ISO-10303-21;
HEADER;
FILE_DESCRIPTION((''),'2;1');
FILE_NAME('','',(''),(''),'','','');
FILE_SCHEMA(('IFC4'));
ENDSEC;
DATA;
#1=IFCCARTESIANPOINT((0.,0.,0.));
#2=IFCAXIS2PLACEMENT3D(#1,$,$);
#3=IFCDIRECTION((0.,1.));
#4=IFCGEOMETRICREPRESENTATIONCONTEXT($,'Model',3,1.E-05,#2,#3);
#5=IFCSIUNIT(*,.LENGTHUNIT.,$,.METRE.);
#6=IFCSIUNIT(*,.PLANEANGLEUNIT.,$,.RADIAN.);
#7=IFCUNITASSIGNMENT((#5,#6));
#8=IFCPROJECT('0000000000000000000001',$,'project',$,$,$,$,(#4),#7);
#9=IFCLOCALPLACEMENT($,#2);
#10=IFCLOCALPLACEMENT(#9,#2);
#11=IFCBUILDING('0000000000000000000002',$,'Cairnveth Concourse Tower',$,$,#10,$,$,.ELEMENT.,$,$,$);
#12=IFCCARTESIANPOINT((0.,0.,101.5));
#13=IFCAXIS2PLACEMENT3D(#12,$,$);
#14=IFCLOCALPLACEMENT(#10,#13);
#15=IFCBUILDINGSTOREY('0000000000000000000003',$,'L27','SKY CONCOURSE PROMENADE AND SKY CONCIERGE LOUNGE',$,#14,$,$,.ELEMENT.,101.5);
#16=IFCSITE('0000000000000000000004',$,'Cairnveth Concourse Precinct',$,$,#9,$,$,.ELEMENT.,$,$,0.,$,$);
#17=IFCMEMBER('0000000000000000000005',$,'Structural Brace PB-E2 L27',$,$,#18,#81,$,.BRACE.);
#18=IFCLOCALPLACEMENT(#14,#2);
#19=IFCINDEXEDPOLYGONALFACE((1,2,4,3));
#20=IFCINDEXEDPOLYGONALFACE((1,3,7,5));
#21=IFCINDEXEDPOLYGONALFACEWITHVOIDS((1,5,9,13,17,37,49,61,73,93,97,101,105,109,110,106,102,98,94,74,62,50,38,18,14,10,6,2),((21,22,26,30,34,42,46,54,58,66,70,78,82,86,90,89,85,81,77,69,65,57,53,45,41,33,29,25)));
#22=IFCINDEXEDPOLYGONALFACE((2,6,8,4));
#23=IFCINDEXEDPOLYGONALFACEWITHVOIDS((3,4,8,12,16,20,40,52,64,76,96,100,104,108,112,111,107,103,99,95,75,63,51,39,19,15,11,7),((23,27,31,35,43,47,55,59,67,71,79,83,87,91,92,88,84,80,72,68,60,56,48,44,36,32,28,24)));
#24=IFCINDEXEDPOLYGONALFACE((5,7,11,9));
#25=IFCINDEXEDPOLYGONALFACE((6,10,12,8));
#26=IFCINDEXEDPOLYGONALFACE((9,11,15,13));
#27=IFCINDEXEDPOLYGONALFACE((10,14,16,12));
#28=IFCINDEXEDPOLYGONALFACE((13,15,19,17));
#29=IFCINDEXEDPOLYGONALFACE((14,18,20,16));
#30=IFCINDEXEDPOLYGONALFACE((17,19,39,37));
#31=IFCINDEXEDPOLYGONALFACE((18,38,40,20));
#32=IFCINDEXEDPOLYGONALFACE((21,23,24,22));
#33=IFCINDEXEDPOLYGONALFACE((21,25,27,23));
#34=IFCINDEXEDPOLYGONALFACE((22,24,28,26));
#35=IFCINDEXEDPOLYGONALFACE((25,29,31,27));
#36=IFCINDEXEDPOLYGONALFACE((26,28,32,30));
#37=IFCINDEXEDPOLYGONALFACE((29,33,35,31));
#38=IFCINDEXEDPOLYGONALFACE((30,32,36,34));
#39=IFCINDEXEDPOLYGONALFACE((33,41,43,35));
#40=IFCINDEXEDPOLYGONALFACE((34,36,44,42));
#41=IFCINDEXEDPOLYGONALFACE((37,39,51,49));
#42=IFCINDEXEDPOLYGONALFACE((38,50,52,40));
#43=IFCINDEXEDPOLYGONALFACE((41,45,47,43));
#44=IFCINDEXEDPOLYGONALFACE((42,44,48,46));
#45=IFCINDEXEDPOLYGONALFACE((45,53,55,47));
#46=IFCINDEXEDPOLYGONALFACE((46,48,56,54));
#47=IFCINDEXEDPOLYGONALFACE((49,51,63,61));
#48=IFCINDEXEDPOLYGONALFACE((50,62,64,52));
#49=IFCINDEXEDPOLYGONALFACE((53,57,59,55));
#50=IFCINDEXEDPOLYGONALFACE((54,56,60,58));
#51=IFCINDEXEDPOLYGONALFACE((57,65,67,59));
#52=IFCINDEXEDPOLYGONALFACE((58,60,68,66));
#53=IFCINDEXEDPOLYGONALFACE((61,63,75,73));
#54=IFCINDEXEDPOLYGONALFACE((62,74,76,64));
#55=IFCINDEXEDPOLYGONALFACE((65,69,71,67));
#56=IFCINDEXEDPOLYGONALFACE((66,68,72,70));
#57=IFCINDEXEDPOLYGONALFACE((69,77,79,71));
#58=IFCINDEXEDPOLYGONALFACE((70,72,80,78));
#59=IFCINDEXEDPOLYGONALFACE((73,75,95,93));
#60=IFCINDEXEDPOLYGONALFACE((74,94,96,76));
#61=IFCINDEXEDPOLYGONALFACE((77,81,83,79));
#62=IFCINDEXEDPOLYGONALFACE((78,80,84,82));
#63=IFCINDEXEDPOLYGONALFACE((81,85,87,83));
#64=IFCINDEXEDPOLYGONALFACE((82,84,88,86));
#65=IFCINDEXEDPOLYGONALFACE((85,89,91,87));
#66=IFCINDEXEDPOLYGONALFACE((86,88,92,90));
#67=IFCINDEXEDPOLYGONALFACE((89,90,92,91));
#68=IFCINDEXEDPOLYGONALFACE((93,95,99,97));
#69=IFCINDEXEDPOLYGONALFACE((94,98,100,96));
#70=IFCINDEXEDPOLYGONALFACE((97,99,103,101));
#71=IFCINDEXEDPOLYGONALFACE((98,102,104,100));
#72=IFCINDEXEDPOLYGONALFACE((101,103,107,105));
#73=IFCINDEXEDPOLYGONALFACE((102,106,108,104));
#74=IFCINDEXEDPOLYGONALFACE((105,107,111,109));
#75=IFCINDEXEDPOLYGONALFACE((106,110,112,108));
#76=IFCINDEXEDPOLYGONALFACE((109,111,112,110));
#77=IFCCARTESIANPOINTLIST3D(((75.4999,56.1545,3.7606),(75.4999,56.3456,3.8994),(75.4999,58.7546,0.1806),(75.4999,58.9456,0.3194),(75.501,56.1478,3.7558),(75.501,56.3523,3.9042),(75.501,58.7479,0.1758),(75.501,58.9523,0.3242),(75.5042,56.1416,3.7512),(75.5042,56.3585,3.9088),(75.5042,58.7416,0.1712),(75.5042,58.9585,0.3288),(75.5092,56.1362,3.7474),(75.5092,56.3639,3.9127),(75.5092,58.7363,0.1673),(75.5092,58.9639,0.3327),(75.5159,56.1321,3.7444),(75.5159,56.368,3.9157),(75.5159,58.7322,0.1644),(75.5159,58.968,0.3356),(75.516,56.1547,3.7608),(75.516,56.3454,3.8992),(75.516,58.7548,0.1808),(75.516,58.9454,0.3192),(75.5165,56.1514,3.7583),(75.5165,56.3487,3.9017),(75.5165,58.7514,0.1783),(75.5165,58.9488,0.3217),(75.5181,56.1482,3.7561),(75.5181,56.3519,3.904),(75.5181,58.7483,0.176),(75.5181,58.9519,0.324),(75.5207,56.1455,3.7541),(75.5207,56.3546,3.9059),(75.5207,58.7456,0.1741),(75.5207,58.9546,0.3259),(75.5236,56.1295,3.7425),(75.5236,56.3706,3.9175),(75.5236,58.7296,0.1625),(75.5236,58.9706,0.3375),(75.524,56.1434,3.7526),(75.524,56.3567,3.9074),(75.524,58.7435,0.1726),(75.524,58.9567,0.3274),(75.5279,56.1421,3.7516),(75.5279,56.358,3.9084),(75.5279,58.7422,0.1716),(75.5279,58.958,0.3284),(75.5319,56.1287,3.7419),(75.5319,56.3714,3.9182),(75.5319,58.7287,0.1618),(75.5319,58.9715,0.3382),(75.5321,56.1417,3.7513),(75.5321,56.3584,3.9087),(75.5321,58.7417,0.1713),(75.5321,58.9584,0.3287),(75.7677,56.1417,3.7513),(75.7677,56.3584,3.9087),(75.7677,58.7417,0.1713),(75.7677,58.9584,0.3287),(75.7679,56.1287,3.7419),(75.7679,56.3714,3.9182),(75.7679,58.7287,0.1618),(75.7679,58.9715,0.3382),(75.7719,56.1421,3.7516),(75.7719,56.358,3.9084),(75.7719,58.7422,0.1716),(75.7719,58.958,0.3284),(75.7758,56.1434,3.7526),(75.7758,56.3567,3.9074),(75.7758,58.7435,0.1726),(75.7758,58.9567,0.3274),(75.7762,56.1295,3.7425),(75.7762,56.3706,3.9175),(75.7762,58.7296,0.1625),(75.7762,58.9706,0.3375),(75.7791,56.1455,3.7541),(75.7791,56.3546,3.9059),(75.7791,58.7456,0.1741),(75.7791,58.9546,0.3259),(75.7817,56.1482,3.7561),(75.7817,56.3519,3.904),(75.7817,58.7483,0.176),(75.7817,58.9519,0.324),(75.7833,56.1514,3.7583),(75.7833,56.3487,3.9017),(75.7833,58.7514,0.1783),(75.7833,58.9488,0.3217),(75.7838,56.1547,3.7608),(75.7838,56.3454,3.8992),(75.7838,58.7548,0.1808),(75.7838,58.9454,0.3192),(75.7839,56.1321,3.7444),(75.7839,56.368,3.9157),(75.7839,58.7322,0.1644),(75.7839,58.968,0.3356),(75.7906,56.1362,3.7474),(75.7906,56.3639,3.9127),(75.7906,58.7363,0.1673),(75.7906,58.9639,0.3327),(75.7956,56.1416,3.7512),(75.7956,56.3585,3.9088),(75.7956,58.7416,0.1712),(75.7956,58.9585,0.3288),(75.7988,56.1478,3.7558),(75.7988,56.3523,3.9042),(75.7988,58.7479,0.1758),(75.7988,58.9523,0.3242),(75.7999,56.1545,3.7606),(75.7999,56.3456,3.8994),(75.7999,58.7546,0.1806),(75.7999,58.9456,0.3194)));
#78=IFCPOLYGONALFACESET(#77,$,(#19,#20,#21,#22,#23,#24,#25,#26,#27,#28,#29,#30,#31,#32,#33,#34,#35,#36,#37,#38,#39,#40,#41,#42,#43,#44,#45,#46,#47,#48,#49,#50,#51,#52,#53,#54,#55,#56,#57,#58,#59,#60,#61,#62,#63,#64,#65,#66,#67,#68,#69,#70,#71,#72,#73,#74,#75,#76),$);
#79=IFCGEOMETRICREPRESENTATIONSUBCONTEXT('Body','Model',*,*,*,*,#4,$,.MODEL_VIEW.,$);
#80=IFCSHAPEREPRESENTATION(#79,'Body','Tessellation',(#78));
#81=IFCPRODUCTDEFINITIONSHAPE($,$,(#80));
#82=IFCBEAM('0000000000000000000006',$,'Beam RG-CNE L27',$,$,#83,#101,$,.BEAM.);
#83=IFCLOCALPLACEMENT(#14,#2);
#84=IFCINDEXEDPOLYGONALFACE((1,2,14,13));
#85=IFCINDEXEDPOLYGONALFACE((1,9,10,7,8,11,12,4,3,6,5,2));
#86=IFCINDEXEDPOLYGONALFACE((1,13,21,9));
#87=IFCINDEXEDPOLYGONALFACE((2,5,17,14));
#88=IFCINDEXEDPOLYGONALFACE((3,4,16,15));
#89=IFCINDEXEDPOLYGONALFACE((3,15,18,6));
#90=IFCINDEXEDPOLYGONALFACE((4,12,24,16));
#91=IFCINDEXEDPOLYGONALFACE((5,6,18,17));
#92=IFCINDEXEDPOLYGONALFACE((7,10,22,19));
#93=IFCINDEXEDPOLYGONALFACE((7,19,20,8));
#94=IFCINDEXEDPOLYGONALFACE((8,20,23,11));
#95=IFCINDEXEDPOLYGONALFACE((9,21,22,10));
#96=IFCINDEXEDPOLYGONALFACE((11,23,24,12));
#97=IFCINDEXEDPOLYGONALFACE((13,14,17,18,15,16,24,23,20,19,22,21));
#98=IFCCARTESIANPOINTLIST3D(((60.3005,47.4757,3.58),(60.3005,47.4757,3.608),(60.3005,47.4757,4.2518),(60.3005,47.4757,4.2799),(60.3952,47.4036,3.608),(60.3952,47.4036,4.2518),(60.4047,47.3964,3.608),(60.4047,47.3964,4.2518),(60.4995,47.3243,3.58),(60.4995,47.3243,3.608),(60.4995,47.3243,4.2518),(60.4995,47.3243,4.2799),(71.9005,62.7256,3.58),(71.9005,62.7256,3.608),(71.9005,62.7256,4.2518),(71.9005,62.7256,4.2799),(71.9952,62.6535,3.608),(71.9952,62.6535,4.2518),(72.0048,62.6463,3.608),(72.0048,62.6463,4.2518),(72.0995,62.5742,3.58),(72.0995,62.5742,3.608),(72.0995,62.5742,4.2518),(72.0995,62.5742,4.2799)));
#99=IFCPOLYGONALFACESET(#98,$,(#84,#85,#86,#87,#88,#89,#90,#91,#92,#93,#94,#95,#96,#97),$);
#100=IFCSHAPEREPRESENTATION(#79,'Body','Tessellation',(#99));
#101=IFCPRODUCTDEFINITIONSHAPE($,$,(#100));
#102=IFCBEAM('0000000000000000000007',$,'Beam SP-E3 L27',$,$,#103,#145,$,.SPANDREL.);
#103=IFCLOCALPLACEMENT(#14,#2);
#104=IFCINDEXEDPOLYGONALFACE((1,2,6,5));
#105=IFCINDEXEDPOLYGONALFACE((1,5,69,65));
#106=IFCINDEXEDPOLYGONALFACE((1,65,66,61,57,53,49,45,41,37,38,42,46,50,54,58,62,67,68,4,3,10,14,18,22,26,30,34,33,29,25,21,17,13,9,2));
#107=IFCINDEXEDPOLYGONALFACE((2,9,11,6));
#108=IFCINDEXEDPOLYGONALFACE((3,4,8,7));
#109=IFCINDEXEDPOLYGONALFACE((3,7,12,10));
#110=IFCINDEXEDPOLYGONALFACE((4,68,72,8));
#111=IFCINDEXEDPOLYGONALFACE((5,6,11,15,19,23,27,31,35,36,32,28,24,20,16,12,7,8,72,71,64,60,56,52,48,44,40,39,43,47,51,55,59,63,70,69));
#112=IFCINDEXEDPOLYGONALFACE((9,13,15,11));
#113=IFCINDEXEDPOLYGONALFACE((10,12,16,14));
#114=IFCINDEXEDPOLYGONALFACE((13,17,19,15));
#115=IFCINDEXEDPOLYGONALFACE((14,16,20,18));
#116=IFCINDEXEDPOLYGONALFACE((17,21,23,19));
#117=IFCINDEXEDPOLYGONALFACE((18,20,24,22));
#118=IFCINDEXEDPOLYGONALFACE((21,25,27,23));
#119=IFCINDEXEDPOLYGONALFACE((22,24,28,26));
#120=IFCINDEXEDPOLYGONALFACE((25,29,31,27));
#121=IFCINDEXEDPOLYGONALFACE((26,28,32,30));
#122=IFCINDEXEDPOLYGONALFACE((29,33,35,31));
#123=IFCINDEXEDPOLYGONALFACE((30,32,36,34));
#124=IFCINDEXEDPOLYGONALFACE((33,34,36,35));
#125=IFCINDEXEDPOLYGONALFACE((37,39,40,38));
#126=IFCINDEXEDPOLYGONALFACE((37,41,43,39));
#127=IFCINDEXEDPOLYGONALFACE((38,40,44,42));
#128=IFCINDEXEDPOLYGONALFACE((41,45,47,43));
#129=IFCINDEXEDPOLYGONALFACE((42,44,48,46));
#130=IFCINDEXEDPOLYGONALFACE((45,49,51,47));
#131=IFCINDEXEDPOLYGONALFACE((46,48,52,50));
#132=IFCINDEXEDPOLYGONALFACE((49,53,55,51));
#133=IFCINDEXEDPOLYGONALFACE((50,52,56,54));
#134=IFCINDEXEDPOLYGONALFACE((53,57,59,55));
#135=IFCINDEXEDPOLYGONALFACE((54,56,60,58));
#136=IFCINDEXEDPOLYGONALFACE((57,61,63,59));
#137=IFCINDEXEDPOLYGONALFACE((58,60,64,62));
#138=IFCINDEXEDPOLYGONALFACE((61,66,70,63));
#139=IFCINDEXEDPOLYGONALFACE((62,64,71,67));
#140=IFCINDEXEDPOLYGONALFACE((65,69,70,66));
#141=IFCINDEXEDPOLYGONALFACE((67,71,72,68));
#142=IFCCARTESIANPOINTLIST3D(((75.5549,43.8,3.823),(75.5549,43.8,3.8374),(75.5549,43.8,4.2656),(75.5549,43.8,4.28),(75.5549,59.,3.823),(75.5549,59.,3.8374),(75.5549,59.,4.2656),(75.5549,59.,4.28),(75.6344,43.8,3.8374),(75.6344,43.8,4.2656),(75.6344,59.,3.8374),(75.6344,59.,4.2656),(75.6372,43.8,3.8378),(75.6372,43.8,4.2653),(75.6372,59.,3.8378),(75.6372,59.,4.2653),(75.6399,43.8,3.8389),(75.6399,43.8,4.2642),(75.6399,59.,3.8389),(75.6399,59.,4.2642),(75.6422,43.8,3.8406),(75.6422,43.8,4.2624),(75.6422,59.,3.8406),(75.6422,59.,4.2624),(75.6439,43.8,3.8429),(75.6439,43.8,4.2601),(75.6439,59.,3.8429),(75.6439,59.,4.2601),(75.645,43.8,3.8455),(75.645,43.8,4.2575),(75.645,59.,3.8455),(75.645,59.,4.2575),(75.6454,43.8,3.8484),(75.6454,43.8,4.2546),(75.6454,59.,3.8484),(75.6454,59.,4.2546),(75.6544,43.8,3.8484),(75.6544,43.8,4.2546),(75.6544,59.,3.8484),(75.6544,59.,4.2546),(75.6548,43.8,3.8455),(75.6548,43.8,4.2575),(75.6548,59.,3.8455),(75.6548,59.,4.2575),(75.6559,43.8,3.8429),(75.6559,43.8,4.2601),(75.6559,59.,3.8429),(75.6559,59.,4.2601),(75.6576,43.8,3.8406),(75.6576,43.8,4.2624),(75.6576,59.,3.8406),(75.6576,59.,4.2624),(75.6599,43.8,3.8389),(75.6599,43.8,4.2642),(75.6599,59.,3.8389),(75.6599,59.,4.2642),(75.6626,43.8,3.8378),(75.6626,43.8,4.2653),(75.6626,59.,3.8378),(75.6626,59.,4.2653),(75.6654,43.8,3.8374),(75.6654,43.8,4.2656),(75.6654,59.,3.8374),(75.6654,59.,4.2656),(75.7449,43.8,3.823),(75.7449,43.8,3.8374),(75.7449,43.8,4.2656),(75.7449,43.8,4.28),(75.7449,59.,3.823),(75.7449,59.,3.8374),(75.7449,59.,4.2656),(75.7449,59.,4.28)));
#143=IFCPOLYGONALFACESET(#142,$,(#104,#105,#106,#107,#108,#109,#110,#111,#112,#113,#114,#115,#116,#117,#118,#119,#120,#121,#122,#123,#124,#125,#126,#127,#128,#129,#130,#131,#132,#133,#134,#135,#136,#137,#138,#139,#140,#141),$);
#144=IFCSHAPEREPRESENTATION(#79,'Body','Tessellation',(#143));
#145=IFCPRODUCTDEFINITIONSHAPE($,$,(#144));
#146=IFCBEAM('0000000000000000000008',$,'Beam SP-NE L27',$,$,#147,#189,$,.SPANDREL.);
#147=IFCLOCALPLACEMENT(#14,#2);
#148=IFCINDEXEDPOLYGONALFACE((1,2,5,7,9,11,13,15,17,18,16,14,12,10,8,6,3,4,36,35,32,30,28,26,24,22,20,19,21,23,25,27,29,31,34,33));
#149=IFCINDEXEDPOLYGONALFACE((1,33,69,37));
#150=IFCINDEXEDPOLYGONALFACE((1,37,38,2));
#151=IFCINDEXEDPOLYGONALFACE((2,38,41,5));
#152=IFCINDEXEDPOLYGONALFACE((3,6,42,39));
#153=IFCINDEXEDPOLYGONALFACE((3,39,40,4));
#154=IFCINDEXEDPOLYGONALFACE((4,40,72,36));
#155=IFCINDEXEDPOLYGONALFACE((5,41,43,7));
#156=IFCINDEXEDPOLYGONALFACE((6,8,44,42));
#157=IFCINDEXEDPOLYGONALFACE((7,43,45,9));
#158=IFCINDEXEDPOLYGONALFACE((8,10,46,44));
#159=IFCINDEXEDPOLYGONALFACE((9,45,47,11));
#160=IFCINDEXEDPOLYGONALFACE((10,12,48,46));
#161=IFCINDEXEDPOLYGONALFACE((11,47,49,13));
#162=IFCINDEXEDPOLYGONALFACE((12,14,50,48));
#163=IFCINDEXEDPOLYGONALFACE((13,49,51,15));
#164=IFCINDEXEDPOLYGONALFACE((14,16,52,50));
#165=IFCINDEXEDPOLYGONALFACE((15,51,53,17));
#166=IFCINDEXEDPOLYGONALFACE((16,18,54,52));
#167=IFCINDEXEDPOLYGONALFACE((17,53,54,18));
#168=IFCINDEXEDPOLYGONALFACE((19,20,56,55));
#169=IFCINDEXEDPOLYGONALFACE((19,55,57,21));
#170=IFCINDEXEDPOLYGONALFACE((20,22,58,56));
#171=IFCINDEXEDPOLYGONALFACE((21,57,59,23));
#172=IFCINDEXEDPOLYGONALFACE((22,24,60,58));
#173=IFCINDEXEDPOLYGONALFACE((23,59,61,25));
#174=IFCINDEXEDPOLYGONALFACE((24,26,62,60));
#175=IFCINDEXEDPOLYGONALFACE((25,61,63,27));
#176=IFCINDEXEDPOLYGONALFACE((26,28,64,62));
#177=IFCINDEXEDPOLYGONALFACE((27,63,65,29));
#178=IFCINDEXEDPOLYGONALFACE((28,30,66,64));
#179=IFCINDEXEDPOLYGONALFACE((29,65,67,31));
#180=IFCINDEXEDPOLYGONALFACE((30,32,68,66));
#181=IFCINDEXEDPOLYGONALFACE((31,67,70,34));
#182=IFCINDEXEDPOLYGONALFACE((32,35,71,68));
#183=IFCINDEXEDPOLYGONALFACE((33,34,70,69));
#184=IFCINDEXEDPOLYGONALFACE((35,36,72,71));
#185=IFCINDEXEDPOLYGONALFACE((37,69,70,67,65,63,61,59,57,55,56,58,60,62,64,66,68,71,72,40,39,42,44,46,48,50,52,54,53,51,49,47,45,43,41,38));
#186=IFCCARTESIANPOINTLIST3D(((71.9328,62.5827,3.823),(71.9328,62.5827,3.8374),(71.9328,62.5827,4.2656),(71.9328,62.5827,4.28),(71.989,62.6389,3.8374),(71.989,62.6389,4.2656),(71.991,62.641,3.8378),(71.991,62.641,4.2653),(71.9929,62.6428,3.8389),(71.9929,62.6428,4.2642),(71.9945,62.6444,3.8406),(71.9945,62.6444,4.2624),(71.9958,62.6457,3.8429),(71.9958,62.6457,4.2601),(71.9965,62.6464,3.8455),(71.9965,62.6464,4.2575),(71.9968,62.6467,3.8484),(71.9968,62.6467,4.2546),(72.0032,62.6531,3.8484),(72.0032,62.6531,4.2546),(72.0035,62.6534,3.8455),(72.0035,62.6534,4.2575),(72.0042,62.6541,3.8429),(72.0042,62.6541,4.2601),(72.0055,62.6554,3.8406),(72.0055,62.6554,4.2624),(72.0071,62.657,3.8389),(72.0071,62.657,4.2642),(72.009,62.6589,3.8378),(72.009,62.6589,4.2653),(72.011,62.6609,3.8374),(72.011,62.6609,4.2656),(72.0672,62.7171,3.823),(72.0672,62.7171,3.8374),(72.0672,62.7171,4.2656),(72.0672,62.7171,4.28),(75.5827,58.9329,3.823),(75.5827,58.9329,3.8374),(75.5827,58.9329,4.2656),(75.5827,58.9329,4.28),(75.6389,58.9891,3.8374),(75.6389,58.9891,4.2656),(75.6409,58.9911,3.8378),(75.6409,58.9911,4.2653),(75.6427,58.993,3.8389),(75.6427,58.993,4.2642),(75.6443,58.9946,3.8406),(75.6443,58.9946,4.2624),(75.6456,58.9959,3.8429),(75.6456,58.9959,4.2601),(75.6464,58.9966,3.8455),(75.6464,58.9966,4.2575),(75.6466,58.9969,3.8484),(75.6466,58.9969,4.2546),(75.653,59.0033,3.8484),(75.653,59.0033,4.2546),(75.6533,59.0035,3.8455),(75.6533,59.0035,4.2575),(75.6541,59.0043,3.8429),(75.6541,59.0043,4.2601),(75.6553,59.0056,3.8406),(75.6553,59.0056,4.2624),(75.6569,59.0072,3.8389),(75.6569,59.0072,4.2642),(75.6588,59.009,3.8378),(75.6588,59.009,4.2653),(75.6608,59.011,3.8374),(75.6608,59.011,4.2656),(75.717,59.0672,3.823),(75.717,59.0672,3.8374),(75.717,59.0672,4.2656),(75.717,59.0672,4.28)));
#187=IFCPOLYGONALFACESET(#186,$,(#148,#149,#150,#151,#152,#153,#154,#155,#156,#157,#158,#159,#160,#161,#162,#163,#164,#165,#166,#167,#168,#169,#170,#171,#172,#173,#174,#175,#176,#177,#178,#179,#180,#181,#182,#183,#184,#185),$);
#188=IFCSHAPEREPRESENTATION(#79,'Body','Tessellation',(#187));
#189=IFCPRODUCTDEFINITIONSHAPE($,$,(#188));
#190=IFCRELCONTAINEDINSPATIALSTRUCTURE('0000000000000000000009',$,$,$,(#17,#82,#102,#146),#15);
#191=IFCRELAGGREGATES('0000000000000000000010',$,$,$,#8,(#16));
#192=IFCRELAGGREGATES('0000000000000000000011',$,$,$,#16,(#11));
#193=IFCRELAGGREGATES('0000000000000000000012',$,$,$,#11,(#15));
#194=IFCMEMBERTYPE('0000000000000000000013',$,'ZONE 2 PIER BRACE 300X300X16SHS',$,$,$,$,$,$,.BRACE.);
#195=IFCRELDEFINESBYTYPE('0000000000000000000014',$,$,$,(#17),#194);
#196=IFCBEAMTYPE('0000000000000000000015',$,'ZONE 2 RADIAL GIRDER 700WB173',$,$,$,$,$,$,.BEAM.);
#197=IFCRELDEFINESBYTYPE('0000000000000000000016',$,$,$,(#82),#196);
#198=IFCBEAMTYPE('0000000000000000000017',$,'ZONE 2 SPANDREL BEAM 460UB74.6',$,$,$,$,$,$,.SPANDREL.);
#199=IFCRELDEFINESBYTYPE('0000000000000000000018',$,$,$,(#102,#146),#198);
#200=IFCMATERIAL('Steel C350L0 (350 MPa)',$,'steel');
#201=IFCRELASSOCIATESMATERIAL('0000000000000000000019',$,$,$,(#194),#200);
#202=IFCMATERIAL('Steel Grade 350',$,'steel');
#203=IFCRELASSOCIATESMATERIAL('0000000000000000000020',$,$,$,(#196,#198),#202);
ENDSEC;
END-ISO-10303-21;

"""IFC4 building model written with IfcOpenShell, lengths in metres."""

from ifc_helpers import new_model, si_unit, direction, frame, origin, origin_2d, place, context, subcontext, project, spatial, hollow_rectangle, i_section, extrude, material, material_profile, profile_set, type_object, element, save


model = new_model("IFC4")

# Units and contexts
model_context = context("Model", 3, precision=1e-05, world=origin(), true_north=direction((0.0, 1.0)))
body_context = subcontext(model_context, "Body", "Model", "MODEL_VIEW")
ifc_project = project(units=[si_unit("LENGTHUNIT", "METRE"), si_unit("PLANEANGLEUNIT", "RADIAN")], contexts=[model_context])

# Site, building, storey
site_placement = place(None, origin())
site = spatial("IfcSite", under=ifc_project, at=site_placement, Name="Cairnveth Concourse Precinct", CompositionType="ELEMENT", RefElevation=0.0)
building_placement = place(site_placement, origin())
building = spatial("IfcBuilding", under=site, at=building_placement, Name="Cairnveth Concourse Tower", CompositionType="ELEMENT")
storey_placement = place(building_placement, frame((0.0, 0.0, 101.5)))
storey = spatial("IfcBuildingStorey", under=building, at=storey_placement, Name="L27", Description="SKY CONCOURSE PROMENADE AND SKY CONCIERGE LOUNGE", CompositionType="ELEMENT", Elevation=101.5)

# Shared definitions
ifc_material_1 = material(Name="Steel Grade 350", Category="steel")

# Member
ifc_material_2 = material(Name="Steel C350L0 (350 MPa)", Category="steel")
ifc_material_profile_1 = material_profile(ifc_material_2, hollow_rectangle(XDim=0.3, YDim=0.3, WallThickness=0.0161, InnerFilletRadius=0.0161, OuterFilletRadius=0.032, at=origin_2d()), Name="300x300x16.0SHS")
ifc_profile_set_1 = profile_set([ifc_material_profile_1], Name="Steel C350L0 (350 MPa)")
member_type = type_object("IfcMemberType", Name="ZONE 2 PIER BRACE 300X300X16SHS", PredefinedType="BRACE", material=ifc_profile_set_1)
for number, where, z_axis, x_axis, name in (
    (1, (75.6499, 58.8501, 0.25), (0.0, -0.58764, 0.809122), (1.0, 0.0, 0.0), "Structural Brace PB-E2 L27"),
):
    element("IfcMember", number, at=place(storey_placement, frame(where, z_axis=z_axis, x_axis=x_axis)), inside=storey, type_object=member_type, Name=name, PredefinedType="BRACE", context=body_context, shape_type="SweptSolid", body=[
        extrude(hollow_rectangle(XDim=0.3, YDim=0.3, WallThickness=0.0161, InnerFilletRadius=0.0161, OuterFilletRadius=0.032, at=origin_2d()), origin(), (0.0, 0.0, 1.0), 4.4246),
    ])

# Beams
ifc_material_profile_2 = material_profile(ifc_material_1, i_section(OverallWidth=0.25, OverallDepth=0.7, WebThickness=0.012, FlangeThickness=0.0281, at=origin_2d()), Name="700WB173")
ifc_profile_set_2 = profile_set([ifc_material_profile_2], Name="Steel Grade 350")
beam_type_1 = type_object("IfcBeamType", Name="ZONE 2 RADIAL GIRDER 700WB173", PredefinedType="BEAM", material=ifc_profile_set_2)
beam_1_placement = place(storey_placement, frame((72.0, 62.6499, 3.9299), z_axis=(-0.605417, -0.795908, 0.0), x_axis=(0.795908, -0.605417, 0.0)))
element("IfcBeam", 2, at=beam_1_placement, inside=storey, type_object=beam_type_1, Name="Beam RG-CNE L27", PredefinedType="BEAM", context=body_context, shape_type="SweptSolid", body=[
    extrude(i_section(OverallWidth=0.25, OverallDepth=0.7, WebThickness=0.012, FlangeThickness=0.0281, at=origin_2d()), origin(), (0.0, 0.0, 1.0), 19.1604),
])
ifc_material_profile_3 = material_profile(ifc_material_1, i_section(OverallWidth=0.1899, OverallDepth=0.457, WebThickness=0.009, FlangeThickness=0.0144, FilletRadius=0.011, at=origin_2d()), Name="460UB74.6")
ifc_profile_set_3 = profile_set([ifc_material_profile_3], Name="Steel Grade 350")
beam_type_2 = type_object("IfcBeamType", Name="ZONE 2 SPANDREL BEAM 460UB74.6", PredefinedType="SPANDREL", material=ifc_profile_set_3)
beam_2_placement = place(storey_placement, frame((75.6499, 43.8, 4.0515), z_axis=(0.0, 1.0, 0.0), x_axis=(-1.0, 0.0, 0.0)))
element("IfcBeam", 3, at=beam_2_placement, inside=storey, type_object=beam_type_2, Name="Beam SP-E3 L27", PredefinedType="SPANDREL", context=body_context, shape_type="SweptSolid", body=[
    extrude(i_section(OverallWidth=0.1899, OverallDepth=0.457, WebThickness=0.009, FlangeThickness=0.0144, FilletRadius=0.011, at=origin_2d()), origin(), (0.0, 0.0, 1.0), 15.2),
])
beam_3_placement = place(storey_placement, frame((72.0, 62.6499, 4.0515), z_axis=(0.707107, -0.707107, 0.0), x_axis=(0.707107, 0.707107, 0.0)))
element("IfcBeam", 4, at=beam_3_placement, inside=storey, type_object=beam_type_2, Name="Beam SP-NE L27", PredefinedType="SPANDREL", context=body_context, shape_type="SweptSolid", body=[
    extrude(i_section(OverallWidth=0.1899, OverallDepth=0.457, WebThickness=0.009, FlangeThickness=0.0144, FilletRadius=0.011, at=origin_2d()), origin(), (0.0, 0.0, 1.0), 5.1616),
])

save(model, "model.ifc")
